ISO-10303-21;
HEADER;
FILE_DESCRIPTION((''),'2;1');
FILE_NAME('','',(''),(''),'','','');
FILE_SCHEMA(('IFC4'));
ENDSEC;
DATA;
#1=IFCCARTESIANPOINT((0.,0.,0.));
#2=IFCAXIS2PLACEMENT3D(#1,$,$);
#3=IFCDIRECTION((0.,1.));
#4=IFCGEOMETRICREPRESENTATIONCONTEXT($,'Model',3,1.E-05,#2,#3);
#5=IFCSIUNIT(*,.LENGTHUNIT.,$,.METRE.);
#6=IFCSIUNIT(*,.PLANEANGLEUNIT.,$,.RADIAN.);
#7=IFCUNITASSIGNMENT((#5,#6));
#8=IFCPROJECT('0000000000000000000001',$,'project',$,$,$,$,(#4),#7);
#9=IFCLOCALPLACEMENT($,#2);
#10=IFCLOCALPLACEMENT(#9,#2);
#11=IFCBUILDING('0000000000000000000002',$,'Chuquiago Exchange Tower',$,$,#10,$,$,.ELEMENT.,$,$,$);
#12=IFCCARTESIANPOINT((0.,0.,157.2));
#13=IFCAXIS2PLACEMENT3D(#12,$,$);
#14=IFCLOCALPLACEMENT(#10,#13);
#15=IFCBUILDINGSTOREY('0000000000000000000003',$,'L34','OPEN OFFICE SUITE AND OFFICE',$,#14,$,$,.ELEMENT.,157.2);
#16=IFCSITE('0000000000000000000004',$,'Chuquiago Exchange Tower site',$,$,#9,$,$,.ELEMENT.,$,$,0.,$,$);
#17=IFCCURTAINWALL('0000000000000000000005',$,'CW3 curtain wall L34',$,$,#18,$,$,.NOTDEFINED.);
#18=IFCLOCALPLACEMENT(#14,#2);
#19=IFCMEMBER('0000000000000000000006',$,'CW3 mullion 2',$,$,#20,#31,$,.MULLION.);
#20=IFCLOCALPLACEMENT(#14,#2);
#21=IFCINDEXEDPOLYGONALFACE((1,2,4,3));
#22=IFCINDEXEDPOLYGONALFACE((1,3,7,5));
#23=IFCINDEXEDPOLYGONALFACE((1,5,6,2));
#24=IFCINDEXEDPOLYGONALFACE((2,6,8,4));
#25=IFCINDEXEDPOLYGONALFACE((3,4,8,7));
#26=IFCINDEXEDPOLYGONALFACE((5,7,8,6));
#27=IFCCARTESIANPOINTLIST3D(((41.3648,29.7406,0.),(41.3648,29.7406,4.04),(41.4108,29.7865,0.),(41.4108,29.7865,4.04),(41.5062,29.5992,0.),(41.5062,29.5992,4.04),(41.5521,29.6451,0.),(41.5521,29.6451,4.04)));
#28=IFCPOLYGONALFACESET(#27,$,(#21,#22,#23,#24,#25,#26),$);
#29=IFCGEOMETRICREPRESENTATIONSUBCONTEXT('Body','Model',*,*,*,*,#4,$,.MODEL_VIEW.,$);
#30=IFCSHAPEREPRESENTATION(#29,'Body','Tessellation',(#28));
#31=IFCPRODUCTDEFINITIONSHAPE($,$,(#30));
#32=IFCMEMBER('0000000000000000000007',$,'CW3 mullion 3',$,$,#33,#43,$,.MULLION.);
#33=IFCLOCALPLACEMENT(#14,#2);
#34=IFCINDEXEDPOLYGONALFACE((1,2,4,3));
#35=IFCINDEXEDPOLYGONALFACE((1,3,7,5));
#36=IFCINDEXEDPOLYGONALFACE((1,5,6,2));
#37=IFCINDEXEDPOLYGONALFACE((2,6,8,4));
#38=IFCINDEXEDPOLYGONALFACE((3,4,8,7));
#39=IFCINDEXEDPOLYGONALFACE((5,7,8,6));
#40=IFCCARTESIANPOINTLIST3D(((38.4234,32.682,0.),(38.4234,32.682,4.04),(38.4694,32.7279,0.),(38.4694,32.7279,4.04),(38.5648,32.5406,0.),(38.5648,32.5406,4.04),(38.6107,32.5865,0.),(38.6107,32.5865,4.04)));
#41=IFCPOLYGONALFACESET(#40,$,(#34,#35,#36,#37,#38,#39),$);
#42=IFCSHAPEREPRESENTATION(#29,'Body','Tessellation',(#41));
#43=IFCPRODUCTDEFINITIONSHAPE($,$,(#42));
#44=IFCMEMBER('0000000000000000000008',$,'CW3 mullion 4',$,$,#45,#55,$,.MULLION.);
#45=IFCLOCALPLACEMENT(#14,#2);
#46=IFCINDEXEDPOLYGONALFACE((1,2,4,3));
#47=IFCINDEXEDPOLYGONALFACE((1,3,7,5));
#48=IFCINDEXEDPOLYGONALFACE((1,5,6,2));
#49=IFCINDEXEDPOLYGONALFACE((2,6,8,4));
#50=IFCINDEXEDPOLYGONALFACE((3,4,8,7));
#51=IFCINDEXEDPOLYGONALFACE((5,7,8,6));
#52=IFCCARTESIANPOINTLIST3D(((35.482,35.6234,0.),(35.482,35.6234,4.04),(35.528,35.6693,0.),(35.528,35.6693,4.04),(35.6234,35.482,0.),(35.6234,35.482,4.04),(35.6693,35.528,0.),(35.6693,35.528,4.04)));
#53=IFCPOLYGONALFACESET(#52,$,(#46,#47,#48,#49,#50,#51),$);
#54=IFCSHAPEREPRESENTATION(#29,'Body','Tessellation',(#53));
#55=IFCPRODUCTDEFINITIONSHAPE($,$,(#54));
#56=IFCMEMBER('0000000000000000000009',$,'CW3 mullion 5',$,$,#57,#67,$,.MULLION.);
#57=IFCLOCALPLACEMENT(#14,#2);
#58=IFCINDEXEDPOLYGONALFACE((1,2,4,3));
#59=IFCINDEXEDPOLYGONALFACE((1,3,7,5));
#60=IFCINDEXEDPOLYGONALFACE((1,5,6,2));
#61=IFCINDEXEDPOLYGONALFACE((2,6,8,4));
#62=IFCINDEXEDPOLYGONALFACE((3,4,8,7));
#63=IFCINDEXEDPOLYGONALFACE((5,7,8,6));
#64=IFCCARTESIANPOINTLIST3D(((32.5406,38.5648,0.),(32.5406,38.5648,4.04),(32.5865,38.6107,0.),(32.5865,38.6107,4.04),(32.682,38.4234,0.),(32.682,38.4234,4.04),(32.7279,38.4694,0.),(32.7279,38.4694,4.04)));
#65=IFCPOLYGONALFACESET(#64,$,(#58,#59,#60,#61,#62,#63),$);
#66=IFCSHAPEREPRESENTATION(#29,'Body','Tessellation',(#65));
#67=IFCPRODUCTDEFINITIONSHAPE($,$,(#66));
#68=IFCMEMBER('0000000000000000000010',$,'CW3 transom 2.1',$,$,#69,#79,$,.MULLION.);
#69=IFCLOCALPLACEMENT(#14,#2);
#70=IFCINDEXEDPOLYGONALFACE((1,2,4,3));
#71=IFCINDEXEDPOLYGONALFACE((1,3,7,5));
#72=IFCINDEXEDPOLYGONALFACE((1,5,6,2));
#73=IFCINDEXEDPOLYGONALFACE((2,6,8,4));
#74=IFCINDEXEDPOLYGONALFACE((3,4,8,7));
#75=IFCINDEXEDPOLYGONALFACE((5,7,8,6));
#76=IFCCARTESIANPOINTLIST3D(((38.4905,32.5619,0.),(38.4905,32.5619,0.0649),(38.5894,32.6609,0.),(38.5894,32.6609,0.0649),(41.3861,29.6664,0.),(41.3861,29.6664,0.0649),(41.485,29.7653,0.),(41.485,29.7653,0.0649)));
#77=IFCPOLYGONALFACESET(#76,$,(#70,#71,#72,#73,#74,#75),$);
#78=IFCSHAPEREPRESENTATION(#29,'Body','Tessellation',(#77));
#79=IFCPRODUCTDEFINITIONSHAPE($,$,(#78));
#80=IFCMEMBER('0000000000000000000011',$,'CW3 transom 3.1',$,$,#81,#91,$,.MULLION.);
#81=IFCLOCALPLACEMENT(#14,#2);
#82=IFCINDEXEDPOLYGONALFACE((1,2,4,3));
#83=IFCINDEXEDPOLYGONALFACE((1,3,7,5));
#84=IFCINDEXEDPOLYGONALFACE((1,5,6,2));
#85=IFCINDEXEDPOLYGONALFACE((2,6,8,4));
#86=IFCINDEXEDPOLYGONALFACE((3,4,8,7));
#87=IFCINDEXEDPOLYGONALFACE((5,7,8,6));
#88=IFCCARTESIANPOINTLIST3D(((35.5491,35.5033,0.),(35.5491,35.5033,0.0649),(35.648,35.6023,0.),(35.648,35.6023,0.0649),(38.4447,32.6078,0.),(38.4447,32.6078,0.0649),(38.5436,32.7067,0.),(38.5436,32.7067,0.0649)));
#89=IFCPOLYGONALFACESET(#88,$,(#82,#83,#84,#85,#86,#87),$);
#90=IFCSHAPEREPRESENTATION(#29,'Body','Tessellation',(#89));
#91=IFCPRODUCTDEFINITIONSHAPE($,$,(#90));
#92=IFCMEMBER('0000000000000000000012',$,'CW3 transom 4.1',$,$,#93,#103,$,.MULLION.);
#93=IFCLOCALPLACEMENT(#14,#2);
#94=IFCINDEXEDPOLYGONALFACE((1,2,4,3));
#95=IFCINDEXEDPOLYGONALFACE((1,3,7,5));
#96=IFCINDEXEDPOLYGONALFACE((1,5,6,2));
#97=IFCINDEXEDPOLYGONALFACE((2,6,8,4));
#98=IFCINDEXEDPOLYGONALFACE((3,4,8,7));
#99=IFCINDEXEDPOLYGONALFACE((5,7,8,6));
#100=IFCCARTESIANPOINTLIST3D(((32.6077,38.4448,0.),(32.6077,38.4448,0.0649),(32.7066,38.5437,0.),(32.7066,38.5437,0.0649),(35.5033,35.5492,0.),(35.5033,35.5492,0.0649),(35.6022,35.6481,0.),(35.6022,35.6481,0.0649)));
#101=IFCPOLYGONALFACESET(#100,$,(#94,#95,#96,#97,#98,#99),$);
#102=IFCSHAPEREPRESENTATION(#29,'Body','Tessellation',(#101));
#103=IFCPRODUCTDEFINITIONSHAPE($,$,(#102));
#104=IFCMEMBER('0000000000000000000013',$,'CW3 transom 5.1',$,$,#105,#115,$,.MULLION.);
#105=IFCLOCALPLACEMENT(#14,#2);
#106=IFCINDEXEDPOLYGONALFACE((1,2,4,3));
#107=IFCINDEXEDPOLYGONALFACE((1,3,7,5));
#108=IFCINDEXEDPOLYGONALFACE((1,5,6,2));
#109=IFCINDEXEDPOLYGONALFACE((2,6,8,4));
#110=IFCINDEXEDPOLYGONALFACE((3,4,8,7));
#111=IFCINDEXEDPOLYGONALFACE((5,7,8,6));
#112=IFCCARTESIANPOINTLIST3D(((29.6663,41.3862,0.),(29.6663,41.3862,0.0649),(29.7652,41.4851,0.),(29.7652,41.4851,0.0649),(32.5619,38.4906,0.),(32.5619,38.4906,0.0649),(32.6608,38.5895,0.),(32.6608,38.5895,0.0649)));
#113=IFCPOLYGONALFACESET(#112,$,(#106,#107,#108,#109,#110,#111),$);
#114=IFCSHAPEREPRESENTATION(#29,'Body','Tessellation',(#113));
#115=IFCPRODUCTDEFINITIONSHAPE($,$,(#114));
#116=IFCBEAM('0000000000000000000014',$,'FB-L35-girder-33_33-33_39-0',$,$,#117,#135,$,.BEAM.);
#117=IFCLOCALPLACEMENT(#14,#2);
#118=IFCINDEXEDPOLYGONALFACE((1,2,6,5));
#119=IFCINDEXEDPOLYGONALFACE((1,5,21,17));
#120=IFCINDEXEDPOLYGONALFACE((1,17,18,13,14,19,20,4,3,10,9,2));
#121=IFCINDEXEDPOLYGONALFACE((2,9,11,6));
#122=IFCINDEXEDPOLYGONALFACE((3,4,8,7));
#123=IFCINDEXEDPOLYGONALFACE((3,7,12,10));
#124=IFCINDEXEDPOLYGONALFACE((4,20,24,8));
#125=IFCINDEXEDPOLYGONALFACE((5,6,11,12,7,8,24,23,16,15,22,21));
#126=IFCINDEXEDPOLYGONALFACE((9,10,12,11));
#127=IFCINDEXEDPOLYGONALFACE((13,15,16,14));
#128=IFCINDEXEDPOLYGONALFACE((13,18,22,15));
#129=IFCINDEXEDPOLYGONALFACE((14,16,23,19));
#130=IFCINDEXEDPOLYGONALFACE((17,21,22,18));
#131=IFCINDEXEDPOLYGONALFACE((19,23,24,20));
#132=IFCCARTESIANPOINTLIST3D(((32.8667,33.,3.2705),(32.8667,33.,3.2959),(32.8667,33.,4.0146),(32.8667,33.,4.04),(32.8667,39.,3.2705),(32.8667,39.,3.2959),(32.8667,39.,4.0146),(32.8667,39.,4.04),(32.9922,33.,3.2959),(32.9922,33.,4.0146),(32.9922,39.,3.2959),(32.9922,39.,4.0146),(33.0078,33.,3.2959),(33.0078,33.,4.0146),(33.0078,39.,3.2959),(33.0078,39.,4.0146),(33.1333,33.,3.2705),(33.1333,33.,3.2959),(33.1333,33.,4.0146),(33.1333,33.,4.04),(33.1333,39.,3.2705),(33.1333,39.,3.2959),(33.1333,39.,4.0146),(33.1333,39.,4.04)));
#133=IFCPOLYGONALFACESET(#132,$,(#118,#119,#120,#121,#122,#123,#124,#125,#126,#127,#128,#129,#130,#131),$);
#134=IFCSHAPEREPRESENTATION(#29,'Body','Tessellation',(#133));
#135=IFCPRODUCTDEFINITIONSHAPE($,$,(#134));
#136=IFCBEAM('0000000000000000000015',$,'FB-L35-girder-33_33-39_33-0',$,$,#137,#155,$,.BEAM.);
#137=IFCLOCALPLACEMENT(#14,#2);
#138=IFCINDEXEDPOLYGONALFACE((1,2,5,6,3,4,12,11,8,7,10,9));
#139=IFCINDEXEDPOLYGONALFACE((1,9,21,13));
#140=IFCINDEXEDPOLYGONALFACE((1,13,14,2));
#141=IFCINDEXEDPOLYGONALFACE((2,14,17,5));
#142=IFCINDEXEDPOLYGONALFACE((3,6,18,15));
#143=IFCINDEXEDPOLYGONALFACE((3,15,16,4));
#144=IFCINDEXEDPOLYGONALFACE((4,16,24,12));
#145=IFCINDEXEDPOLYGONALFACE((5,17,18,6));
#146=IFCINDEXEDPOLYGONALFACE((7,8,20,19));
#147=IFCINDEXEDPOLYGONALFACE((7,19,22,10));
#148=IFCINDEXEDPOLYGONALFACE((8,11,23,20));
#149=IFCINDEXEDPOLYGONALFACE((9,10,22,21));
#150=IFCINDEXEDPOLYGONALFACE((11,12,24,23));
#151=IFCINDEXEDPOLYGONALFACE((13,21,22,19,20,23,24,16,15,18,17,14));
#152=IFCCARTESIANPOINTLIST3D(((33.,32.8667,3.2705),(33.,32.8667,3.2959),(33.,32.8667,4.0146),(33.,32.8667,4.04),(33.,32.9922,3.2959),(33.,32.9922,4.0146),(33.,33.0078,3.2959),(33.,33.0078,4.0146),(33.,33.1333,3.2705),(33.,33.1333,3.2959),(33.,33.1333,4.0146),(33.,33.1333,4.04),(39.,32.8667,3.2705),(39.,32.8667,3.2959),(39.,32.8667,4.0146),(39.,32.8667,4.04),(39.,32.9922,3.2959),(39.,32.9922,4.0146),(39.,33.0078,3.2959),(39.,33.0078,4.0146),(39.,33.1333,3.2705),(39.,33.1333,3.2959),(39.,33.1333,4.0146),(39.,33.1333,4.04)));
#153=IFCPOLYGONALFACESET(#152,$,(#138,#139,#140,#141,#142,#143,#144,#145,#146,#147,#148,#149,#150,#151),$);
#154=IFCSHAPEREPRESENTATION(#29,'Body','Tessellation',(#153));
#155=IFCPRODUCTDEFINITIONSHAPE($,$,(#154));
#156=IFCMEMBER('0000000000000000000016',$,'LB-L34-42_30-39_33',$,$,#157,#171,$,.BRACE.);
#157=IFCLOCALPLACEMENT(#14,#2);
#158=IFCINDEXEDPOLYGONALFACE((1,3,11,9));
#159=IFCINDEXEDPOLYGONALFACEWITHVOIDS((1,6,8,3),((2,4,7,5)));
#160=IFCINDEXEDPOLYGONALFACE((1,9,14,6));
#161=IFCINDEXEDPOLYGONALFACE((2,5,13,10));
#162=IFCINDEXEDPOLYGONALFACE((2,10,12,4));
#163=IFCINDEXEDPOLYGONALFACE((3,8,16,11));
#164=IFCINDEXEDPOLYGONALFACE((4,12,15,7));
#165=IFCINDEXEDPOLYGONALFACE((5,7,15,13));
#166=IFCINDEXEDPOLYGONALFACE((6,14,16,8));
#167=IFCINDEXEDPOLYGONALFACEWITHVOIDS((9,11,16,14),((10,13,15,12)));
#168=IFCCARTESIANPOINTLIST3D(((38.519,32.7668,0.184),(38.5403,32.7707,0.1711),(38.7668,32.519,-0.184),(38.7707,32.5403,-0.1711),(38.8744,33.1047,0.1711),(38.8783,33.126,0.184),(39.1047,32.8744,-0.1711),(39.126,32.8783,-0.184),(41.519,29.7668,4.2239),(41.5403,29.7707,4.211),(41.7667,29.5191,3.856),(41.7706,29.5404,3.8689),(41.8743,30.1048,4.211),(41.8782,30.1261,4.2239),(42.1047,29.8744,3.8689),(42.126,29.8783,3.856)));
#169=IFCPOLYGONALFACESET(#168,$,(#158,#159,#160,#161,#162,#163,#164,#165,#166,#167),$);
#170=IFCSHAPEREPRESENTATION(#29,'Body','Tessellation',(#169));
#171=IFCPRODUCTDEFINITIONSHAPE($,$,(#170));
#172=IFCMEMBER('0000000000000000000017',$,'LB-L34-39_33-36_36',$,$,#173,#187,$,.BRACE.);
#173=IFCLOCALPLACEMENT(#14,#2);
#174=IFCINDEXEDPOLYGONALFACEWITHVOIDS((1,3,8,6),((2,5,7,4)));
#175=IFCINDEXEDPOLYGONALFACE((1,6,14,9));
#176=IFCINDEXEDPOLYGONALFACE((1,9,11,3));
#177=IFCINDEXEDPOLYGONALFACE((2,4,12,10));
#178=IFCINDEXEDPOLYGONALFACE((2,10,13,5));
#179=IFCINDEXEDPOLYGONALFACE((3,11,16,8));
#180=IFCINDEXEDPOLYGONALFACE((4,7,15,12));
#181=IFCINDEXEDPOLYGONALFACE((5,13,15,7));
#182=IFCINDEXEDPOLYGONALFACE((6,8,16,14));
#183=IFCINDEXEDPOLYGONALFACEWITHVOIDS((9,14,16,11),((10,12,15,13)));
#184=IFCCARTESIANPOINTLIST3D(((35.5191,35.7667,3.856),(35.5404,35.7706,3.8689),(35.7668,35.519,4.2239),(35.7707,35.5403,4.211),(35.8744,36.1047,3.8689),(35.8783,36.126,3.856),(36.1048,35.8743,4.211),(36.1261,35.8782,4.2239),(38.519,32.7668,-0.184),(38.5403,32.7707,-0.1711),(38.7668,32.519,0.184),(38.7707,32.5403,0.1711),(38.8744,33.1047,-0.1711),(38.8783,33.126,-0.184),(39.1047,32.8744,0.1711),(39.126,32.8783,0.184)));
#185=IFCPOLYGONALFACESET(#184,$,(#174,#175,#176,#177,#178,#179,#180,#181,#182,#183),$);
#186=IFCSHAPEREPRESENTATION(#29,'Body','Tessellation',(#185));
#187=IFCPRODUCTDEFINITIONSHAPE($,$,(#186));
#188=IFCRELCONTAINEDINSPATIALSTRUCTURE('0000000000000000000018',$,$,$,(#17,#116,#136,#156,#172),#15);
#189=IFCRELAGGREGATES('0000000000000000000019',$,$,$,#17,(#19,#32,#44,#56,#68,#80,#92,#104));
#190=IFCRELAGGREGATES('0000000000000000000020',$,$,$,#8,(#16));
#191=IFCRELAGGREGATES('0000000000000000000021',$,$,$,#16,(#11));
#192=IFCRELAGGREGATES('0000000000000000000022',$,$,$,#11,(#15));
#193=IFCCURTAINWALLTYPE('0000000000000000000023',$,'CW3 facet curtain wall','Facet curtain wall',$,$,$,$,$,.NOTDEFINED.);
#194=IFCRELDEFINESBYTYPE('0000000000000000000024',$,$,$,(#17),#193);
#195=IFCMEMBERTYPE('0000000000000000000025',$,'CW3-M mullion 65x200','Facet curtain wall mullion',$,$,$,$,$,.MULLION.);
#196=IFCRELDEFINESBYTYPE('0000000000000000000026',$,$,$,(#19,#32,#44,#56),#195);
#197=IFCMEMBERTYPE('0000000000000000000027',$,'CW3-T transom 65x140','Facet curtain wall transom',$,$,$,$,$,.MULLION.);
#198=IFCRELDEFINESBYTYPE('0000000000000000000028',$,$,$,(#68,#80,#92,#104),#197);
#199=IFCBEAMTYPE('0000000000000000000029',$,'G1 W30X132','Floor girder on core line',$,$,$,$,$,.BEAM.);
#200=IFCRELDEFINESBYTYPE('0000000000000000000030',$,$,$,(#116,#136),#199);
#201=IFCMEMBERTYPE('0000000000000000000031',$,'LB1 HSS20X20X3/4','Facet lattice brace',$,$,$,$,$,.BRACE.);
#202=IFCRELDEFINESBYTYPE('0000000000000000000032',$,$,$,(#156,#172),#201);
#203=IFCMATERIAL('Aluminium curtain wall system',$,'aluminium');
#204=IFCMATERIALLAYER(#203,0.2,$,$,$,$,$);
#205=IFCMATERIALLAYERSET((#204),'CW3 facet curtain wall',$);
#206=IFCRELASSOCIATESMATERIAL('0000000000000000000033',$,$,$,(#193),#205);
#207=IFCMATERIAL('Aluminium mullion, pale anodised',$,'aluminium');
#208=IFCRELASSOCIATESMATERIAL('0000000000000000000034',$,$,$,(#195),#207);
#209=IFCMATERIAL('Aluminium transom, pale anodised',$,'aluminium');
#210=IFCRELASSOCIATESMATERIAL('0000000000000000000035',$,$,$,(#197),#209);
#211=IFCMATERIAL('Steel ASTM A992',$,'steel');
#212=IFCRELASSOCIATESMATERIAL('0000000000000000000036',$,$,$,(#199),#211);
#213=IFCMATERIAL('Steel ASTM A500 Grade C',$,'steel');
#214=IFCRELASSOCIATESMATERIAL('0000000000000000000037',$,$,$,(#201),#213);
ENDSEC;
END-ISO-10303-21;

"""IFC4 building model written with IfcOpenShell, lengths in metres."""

from ifc_helpers import new_model, si_unit, direction, frame, origin, origin_2d, place, context, subcontext, project, spatial, rectangle, hollow_rectangle, i_section, extrude, material, layer, layer_set, material_profile, profile_set, type_object, element, aggregate, save


model = new_model("IFC4")

# Units and contexts
model_context = context("Model", 3, precision=1e-05, world=origin(), true_north=direction((0.0, 1.0)))
body_context = subcontext(model_context, "Body", "Model", "MODEL_VIEW")
ifc_project = project(units=[si_unit("LENGTHUNIT", "METRE"), si_unit("PLANEANGLEUNIT", "RADIAN")], contexts=[model_context])

# Site, building, storey
site_placement = place(None, origin())
site = spatial("IfcSite", under=ifc_project, at=site_placement, Name="Chuquiago Exchange Tower site", CompositionType="ELEMENT", RefElevation=0.0)
building_placement = place(site_placement, origin())
building = spatial("IfcBuilding", under=site, at=building_placement, Name="Chuquiago Exchange Tower", CompositionType="ELEMENT")
storey_placement = place(building_placement, frame((0.0, 0.0, 157.2)))
storey = spatial("IfcBuildingStorey", under=building, at=storey_placement, Name="L34", Description="OPEN OFFICE SUITE AND OFFICE", CompositionType="ELEMENT", Elevation=157.2)

# Curtain wall, members
ifc_material_1 = material(Name="Aluminium curtain wall system", Category="aluminium")
ifc_layer_1 = layer(ifc_material_1, 0.2)
ifc_layer_set_1 = layer_set([ifc_layer_1], Name="CW3 facet curtain wall")
curtain_wall_type = type_object("IfcCurtainWallType", Name="CW3 facet curtain wall", Description="Facet curtain wall", PredefinedType="NOTDEFINED", material=ifc_layer_set_1)
curtain_wall_placement = place(storey_placement, origin())
curtain_wall = element("IfcCurtainWall", 1, at=curtain_wall_placement, inside=storey, type_object=curtain_wall_type, Name="CW3 curtain wall L34", PredefinedType="NOTDEFINED")
ifc_material_2 = material(Name="Aluminium mullion, pale anodised", Category="aluminium")
ifc_material_profile_1 = material_profile(ifc_material_2, rectangle(XDim=0.0649, YDim=0.2, at=origin_2d()), Name="AL 65x200")
ifc_profile_set_1 = profile_set([ifc_material_profile_1], Name="Aluminium mullion, pale anodised")
member_type_1 = type_object("IfcMemberType", Name="CW3-M mullion 65x200", Description="Facet curtain wall mullion", PredefinedType="MULLION", material=ifc_profile_set_1)
member_1_placement = place(storey_placement, frame((41.4585, 29.6929, 0.0), z_axis=(0.0, 0.0, 1.0), x_axis=(-0.707107, -0.707107, 0.0)))
member_1 = element("IfcMember", 2, at=member_1_placement, type_object=member_type_1, Name="CW3 mullion 2", PredefinedType="MULLION", context=body_context, shape_type="SweptSolid", body=[
    extrude(rectangle(XDim=0.0649, YDim=0.2, at=origin_2d()), origin(), (0.0, 0.0, 1.0), 4.04),
])
member_2_placement = place(storey_placement, frame((38.5171, 32.6343, 0.0), z_axis=(0.0, 0.0, 1.0), x_axis=(-0.707107, -0.707107, 0.0)))
member_2 = element("IfcMember", 3, at=member_2_placement, type_object=member_type_1, Name="CW3 mullion 3", PredefinedType="MULLION", context=body_context, shape_type="SweptSolid", body=[
    extrude(rectangle(XDim=0.0649, YDim=0.2, at=origin_2d()), origin(), (0.0, 0.0, 1.0), 4.04),
])
member_3_placement = place(storey_placement, frame((35.5757, 35.5757, 0.0), z_axis=(0.0, 0.0, 1.0), x_axis=(-0.707107, -0.707107, 0.0)))
member_3 = element("IfcMember", 4, at=member_3_placement, type_object=member_type_1, Name="CW3 mullion 4", PredefinedType="MULLION", context=body_context, shape_type="SweptSolid", body=[
    extrude(rectangle(XDim=0.0649, YDim=0.2, at=origin_2d()), origin(), (0.0, 0.0, 1.0), 4.04),
])
member_4_placement = place(storey_placement, frame((32.6343, 38.5171, 0.0), z_axis=(0.0, 0.0, 1.0), x_axis=(-0.707107, -0.707107, 0.0)))
member_4 = element("IfcMember", 5, at=member_4_placement, type_object=member_type_1, Name="CW3 mullion 5", PredefinedType="MULLION", context=body_context, shape_type="SweptSolid", body=[
    extrude(rectangle(XDim=0.0649, YDim=0.2, at=origin_2d()), origin(), (0.0, 0.0, 1.0), 4.04),
])
ifc_material_3 = material(Name="Aluminium transom, pale anodised", Category="aluminium")
ifc_material_profile_2 = material_profile(ifc_material_3, rectangle(XDim=0.1399, YDim=0.0649, at=origin_2d()), Name="AL 140x65")
ifc_profile_set_2 = profile_set([ifc_material_profile_2], Name="Aluminium transom, pale anodised")
member_type_2 = type_object("IfcMemberType", Name="CW3-T transom 65x140", Description="Facet curtain wall transom", PredefinedType="MULLION", material=ifc_profile_set_2)
member_5_placement = place(storey_placement, frame((41.4355, 29.7158, 0.0325), z_axis=(-0.707107, 0.707107, 0.0), x_axis=(-0.707107, -0.707107, 0.0)))
member_5 = element("IfcMember", 6, at=member_5_placement, type_object=member_type_2, Name="CW3 transom 2.1", PredefinedType="MULLION", context=body_context, shape_type="SweptSolid", body=[
    extrude(rectangle(XDim=0.1399, YDim=0.0649, at=origin_2d()), origin(), (0.0, 0.0, 1.0), 4.095),
])
member_6_placement = place(storey_placement, frame((38.4941, 32.6572, 0.0325), z_axis=(-0.707107, 0.707107, 0.0), x_axis=(-0.707107, -0.707107, 0.0)))
member_6 = element("IfcMember", 7, at=member_6_placement, type_object=member_type_2, Name="CW3 transom 3.1", PredefinedType="MULLION", context=body_context, shape_type="SweptSolid", body=[
    extrude(rectangle(XDim=0.1399, YDim=0.0649, at=origin_2d()), origin(), (0.0, 0.0, 1.0), 4.095),
])
member_7_placement = place(storey_placement, frame((35.5527, 35.5986, 0.0325), z_axis=(-0.707107, 0.707107, 0.0), x_axis=(-0.707107, -0.707107, 0.0)))
member_7 = element("IfcMember", 8, at=member_7_placement, type_object=member_type_2, Name="CW3 transom 4.1", PredefinedType="MULLION", context=body_context, shape_type="SweptSolid", body=[
    extrude(rectangle(XDim=0.1399, YDim=0.0649, at=origin_2d()), origin(), (0.0, 0.0, 1.0), 4.095),
])
member_8_placement = place(storey_placement, frame((32.6113, 38.54, 0.0325), z_axis=(-0.707107, 0.707107, 0.0), x_axis=(-0.707107, -0.707107, 0.0)))
member_8 = element("IfcMember", 9, at=member_8_placement, type_object=member_type_2, Name="CW3 transom 5.1", PredefinedType="MULLION", context=body_context, shape_type="SweptSolid", body=[
    extrude(rectangle(XDim=0.1399, YDim=0.0649, at=origin_2d()), origin(), (0.0, 0.0, 1.0), 4.095),
])

# Beams
ifc_material_4 = material(Name="Steel ASTM A992", Category="steel")
ifc_material_profile_3 = material_profile(ifc_material_4, i_section(OverallWidth=0.2666, OverallDepth=0.7695, WebThickness=0.0156, FlangeThickness=0.0254, at=origin_2d()), Name="W30X132")
ifc_profile_set_3 = profile_set([ifc_material_profile_3], Name="Steel ASTM A992")
beam_type_1 = type_object("IfcBeamType", Name="G1 W30X132", Description="Floor girder on core line", PredefinedType="BEAM", material=ifc_profile_set_3)
for number, where, z_axis, x_axis, name in (
    (10, (33.0, 33.0, 3.6553), (0.0, 1.0, 0.0), (-1.0, 0.0, 0.0), "FB-L35-girder-33_33-33_39-0"),
    (11, (33.0, 33.0, 3.6553), (1.0, 0.0, 0.0), (0.0, 1.0, 0.0), "FB-L35-girder-33_33-39_33-0"),
):
    element("IfcBeam", number, at=place(storey_placement, frame(where, z_axis=z_axis, x_axis=x_axis)), inside=storey, type_object=beam_type_1, Name=name, PredefinedType="BEAM", context=body_context, shape_type="SweptSolid", body=[
        extrude(i_section(OverallWidth=0.2666, OverallDepth=0.7695, WebThickness=0.0156, FlangeThickness=0.0254, at=origin_2d()), origin(), (0.0, 0.0, 1.0), 6.0),
    ])

# Members
ifc_material_5 = material(Name="Steel ASTM A500 Grade C", Category="steel")
ifc_material_profile_4 = material_profile(ifc_material_5, hollow_rectangle(XDim=0.5081, YDim=0.5081, WallThickness=0.0178, at=origin_2d()), Name="HSS20X20X3/4")
ifc_profile_set_4 = profile_set([ifc_material_profile_4], Name="Steel ASTM A500 Grade C")
member_type_3 = type_object("IfcMemberType", Name="LB1 HSS20X20X3/4", Description="Facet lattice brace", PredefinedType="BRACE", material=ifc_profile_set_4)
for number, where, z_axis, x_axis, name in (
    (12, (38.8225, 32.8225, 0.0), (0.512077, -0.512077, 0.689604), (0.707107, 0.707107, 0.0), "LB-L34-42_30-39_33"),
    (13, (38.8225, 32.8225, 0.0), (-0.512077, 0.512077, 0.689604), (-0.707107, -0.707107, 0.0), "LB-L34-39_33-36_36"),
):
    element("IfcMember", number, at=place(storey_placement, frame(where, z_axis=z_axis, x_axis=x_axis)), inside=storey, type_object=member_type_3, Name=name, PredefinedType="BRACE", context=body_context, shape_type="SweptSolid", body=[
        extrude(hollow_rectangle(XDim=0.5081, YDim=0.5081, WallThickness=0.0178, at=origin_2d()), origin(), (0.0, 0.0, 1.0), 5.8584),
    ])

aggregate(curtain_wall, [member_1, member_2, member_3, member_4, member_5, member_6, member_7, member_8])

save(model, "model.ifc")
